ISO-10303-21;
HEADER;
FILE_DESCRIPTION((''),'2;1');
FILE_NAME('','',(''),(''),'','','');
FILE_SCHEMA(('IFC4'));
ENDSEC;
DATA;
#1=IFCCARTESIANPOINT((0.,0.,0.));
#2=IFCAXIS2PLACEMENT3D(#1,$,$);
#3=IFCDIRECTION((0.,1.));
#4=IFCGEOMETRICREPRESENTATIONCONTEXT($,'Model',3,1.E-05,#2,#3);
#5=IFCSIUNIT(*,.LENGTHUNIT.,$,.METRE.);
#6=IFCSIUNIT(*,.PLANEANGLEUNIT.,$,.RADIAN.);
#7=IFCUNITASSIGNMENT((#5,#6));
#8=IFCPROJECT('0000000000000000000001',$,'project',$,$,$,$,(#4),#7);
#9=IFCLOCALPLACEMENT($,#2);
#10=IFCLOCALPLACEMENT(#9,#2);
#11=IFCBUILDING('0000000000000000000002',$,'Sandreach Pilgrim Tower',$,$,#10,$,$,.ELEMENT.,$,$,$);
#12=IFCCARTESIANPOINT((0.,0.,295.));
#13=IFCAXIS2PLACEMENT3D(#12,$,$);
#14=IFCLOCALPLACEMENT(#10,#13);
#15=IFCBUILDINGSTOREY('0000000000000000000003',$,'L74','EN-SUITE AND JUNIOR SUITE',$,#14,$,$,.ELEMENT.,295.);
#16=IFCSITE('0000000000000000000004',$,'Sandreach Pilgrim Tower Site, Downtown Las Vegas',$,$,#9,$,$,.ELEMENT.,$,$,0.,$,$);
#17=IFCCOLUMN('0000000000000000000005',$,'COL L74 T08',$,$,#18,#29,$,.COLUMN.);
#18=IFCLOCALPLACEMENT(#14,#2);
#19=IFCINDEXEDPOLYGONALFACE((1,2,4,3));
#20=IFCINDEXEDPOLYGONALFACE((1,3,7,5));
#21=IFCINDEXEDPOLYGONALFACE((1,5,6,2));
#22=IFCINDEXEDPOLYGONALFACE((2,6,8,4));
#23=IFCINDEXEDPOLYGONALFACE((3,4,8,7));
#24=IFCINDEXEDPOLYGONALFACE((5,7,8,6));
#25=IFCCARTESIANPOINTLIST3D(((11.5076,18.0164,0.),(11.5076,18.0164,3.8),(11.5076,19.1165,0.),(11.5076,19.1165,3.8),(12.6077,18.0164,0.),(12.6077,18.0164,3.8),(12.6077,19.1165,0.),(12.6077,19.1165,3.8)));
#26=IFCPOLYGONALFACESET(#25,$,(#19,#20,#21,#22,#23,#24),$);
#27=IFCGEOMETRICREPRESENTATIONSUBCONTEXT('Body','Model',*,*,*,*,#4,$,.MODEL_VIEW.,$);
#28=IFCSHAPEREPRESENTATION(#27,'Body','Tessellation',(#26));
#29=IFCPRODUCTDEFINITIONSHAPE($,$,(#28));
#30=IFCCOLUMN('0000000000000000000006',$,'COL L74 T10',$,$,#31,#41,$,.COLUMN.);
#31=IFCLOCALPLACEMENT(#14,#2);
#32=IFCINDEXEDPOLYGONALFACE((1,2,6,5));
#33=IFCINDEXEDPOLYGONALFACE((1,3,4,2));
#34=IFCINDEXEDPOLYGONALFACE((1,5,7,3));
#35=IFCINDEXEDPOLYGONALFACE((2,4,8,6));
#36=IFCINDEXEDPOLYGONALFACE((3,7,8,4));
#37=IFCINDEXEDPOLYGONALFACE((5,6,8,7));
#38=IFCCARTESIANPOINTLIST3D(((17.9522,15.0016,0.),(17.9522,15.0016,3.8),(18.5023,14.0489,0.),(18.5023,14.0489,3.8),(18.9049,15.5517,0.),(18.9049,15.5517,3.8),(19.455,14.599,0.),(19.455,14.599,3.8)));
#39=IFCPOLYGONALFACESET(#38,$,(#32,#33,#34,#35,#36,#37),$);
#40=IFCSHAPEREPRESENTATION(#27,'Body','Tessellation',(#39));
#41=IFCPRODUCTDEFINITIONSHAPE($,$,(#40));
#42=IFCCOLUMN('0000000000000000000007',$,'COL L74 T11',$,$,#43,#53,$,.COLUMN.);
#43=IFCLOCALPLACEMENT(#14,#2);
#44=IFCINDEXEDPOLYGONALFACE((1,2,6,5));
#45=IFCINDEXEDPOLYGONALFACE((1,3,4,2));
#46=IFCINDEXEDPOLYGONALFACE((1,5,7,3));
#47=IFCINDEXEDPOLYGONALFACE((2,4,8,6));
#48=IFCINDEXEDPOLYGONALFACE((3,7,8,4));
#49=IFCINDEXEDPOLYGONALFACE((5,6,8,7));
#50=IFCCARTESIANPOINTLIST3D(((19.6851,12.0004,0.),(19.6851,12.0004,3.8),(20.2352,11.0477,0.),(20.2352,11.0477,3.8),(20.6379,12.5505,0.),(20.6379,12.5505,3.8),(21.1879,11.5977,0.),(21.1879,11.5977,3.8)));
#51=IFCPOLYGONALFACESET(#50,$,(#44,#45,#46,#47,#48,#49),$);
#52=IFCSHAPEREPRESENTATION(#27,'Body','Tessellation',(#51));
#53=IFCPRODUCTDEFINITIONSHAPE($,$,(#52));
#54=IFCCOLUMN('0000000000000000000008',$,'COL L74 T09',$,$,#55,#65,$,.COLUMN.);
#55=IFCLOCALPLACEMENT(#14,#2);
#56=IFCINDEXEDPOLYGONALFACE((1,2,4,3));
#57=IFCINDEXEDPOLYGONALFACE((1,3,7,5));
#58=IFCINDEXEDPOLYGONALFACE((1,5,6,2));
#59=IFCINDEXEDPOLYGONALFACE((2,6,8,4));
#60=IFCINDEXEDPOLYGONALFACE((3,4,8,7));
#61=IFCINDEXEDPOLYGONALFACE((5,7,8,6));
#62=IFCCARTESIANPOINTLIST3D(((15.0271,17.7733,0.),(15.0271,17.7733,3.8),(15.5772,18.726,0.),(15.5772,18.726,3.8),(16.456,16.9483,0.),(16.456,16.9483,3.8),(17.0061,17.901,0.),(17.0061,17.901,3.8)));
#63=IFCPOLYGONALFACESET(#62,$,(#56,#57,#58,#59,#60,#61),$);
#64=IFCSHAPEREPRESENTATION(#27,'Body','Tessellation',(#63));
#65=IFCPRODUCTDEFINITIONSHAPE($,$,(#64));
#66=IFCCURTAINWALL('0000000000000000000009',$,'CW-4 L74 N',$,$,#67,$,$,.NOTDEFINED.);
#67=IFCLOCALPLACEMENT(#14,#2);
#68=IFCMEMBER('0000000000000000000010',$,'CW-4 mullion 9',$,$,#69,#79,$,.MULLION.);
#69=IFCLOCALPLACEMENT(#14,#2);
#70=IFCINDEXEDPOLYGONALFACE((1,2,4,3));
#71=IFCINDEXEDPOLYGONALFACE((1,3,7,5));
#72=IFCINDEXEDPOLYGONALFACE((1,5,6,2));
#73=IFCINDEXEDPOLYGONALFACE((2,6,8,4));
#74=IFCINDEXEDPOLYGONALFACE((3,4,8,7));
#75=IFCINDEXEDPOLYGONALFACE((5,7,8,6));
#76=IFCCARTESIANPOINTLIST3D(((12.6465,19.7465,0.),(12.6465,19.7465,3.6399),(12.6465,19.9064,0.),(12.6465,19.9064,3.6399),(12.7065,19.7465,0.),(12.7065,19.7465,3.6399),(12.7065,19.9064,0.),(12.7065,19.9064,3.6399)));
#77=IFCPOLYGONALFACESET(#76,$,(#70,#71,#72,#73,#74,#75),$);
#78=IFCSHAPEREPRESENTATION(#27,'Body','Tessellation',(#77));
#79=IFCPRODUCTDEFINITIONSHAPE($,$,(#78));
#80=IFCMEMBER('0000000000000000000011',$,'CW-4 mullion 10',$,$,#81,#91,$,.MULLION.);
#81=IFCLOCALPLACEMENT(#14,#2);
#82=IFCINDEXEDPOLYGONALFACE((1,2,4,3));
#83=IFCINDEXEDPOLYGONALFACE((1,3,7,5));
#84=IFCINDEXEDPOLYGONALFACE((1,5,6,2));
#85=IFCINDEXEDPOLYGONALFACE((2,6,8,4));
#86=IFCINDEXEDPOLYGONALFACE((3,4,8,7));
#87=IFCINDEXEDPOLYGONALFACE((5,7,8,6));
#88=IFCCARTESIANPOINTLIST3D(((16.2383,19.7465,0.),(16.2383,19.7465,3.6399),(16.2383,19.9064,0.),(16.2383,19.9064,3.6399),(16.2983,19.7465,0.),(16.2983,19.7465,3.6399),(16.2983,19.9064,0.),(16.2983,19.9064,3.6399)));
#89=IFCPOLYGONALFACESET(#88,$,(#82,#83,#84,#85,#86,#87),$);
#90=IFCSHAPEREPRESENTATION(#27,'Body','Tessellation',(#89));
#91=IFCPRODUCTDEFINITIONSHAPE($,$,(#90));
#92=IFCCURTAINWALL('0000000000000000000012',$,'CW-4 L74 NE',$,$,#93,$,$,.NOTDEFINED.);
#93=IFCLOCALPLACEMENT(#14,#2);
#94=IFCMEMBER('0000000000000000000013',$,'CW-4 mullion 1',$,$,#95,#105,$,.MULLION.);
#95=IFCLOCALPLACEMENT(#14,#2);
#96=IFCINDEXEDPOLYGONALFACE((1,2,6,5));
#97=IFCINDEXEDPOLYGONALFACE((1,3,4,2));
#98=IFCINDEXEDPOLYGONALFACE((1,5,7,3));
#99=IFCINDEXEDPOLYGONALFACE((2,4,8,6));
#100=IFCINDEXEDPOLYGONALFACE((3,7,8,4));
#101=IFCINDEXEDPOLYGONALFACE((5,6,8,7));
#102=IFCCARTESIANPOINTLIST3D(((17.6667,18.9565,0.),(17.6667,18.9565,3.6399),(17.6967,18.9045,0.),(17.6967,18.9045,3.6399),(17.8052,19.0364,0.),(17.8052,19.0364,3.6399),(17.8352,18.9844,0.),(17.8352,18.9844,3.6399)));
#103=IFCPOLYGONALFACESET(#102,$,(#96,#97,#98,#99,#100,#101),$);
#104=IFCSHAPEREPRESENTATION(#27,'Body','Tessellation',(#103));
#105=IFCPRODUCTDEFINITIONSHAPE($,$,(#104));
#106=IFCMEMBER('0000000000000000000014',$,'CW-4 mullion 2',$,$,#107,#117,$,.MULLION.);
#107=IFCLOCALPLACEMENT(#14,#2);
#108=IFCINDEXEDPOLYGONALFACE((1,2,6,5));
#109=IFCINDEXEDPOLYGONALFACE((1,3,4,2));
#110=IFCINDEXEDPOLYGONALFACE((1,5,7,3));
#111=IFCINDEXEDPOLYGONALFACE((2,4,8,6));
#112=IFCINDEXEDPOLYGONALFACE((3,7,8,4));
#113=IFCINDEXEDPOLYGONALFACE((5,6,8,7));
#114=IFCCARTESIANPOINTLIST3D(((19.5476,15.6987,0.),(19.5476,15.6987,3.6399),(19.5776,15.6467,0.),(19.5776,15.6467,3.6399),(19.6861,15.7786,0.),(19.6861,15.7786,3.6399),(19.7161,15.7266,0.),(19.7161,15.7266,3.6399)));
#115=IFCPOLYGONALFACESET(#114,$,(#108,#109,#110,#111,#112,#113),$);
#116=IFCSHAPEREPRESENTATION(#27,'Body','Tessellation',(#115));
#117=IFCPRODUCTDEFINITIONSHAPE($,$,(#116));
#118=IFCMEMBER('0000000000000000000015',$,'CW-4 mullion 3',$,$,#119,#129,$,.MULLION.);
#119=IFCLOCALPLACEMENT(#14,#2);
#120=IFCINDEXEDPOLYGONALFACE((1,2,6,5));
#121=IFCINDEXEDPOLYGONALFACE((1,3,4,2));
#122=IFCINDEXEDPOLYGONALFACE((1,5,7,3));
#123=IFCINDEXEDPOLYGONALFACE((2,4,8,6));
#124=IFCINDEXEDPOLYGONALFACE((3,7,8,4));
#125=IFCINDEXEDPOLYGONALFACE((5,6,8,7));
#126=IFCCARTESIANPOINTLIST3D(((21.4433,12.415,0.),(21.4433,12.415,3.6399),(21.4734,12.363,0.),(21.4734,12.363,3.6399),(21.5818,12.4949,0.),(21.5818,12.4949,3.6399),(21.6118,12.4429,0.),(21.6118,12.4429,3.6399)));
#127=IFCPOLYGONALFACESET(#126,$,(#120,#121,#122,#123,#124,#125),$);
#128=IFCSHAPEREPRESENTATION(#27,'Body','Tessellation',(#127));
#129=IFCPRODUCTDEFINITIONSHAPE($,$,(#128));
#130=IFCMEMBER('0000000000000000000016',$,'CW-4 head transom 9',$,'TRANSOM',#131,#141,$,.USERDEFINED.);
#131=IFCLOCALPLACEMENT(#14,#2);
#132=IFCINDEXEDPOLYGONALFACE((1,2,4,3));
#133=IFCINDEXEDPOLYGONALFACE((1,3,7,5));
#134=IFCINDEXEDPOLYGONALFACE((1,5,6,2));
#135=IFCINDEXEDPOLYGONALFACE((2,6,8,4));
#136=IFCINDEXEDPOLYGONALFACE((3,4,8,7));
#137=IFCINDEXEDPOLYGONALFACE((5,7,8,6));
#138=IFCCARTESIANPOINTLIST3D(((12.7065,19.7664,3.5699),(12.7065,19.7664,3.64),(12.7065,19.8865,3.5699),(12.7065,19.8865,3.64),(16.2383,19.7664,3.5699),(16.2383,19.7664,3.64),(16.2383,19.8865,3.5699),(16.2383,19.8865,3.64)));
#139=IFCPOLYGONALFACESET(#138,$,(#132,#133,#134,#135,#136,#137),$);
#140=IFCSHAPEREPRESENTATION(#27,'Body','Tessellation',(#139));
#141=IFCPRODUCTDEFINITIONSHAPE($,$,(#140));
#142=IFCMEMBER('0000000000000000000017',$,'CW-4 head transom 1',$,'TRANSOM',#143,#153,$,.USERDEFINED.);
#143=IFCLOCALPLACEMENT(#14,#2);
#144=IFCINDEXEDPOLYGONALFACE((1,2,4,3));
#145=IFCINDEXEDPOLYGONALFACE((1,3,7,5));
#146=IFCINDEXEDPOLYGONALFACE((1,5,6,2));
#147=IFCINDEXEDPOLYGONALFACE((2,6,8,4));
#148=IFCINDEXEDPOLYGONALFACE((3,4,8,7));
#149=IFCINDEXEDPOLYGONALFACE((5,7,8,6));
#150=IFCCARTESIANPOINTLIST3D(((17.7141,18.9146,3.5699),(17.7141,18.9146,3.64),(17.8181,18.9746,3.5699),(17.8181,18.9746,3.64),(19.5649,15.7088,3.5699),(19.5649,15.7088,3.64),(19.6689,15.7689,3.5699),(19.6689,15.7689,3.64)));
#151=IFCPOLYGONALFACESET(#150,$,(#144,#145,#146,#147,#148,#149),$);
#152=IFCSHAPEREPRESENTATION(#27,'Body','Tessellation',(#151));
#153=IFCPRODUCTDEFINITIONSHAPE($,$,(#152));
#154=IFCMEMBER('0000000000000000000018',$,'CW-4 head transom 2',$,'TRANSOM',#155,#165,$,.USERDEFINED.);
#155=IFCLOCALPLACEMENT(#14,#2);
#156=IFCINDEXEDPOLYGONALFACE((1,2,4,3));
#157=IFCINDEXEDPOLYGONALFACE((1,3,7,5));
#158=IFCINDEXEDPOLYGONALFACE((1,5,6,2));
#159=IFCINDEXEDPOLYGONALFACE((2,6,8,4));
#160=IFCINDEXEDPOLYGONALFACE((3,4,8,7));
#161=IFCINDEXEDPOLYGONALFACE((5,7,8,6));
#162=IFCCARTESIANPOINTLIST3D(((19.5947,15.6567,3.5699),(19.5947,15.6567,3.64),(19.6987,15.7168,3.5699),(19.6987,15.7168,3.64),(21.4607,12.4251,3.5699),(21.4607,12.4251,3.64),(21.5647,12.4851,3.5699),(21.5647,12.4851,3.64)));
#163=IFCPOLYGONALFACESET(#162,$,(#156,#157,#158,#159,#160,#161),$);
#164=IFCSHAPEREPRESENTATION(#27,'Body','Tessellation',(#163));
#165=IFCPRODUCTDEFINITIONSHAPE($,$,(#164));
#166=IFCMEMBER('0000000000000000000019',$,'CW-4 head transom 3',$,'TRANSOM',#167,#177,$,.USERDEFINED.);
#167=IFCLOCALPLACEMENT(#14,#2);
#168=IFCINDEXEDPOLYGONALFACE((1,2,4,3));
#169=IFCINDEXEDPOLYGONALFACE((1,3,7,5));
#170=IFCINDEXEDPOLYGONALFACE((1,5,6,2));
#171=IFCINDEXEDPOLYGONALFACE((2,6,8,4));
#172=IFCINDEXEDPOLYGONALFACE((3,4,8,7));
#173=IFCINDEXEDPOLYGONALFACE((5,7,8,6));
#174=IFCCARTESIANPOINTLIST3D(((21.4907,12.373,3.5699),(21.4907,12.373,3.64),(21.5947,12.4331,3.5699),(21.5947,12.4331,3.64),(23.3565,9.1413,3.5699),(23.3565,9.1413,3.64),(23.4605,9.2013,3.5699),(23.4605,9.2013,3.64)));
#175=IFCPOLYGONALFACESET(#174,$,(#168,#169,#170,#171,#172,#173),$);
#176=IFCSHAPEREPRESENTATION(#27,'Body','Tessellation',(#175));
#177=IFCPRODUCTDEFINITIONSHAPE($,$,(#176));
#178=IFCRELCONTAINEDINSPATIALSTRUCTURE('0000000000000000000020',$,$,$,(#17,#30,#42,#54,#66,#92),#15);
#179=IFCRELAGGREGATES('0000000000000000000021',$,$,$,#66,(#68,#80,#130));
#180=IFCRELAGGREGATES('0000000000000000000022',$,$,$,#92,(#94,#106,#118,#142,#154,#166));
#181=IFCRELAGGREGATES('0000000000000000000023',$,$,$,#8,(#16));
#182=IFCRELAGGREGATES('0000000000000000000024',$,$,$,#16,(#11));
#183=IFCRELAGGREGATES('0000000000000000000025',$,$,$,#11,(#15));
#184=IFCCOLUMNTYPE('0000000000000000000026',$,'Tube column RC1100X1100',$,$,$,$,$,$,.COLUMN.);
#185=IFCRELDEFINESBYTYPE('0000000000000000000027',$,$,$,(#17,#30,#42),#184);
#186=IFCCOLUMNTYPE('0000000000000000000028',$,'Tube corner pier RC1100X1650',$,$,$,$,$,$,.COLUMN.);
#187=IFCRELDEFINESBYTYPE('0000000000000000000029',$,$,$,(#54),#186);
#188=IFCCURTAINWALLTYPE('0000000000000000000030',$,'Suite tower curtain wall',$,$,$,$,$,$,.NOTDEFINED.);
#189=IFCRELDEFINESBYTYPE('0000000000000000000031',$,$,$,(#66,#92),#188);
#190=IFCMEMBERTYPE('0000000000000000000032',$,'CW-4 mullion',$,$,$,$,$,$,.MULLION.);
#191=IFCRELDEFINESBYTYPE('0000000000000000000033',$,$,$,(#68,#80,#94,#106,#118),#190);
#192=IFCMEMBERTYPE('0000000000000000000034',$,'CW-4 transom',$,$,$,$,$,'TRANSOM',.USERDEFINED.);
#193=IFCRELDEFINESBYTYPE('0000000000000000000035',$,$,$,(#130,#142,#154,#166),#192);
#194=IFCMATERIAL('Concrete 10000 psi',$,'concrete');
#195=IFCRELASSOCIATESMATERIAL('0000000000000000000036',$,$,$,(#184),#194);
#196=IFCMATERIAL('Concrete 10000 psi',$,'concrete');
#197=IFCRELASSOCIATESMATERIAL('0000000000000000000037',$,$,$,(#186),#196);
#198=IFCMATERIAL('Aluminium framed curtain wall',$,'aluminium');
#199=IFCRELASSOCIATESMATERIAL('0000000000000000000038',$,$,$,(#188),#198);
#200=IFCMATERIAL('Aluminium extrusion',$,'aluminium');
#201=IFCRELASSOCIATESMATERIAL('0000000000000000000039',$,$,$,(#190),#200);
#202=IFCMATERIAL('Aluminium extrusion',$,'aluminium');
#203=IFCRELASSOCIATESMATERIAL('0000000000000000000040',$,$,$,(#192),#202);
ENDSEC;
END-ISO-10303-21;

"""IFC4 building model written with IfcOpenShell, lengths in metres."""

from ifc_helpers import new_model, si_unit, direction, frame, origin, origin_2d, place, context, subcontext, project, spatial, rectangle, extrude, material, material_profile, profile_set, type_object, element, aggregate, save


model = new_model("IFC4")

# Units and contexts
model_context = context("Model", 3, precision=1e-05, world=origin(), true_north=direction((0.0, 1.0)))
body_context = subcontext(model_context, "Body", "Model", "MODEL_VIEW")
ifc_project = project(units=[si_unit("LENGTHUNIT", "METRE"), si_unit("PLANEANGLEUNIT", "RADIAN")], contexts=[model_context])

# Site, building, storey
site_placement = place(None, origin())
site = spatial("IfcSite", under=ifc_project, at=site_placement, Name="Sandreach Pilgrim Tower Site, Downtown Las Vegas", CompositionType="ELEMENT", RefElevation=0.0)
building_placement = place(site_placement, origin())
building = spatial("IfcBuilding", under=site, at=building_placement, Name="Sandreach Pilgrim Tower", CompositionType="ELEMENT")
storey_placement = place(building_placement, frame((0.0, 0.0, 295.0)))
storey = spatial("IfcBuildingStorey", under=building, at=storey_placement, Name="L74", Description="EN-SUITE AND JUNIOR SUITE", CompositionType="ELEMENT", Elevation=295.0)

# Columns
ifc_material_1 = material(Name="Concrete 10000 psi", Category="concrete")
ifc_material_profile_1 = material_profile(ifc_material_1, rectangle(XDim=1.1001, YDim=1.1001, at=origin_2d()), Name="RC1100X1100")
ifc_profile_set_1 = profile_set([ifc_material_profile_1], Name="Concrete 10000 psi")
column_type_1 = type_object("IfcColumnType", Name="Tube column RC1100X1100", PredefinedType="COLUMN", material=ifc_profile_set_1)
for number, where, z_axis, x_axis, name in (
    (1, (12.0576, 18.5664, 0.0), (0.0, 0.0, 1.0), (0.0, 1.0, 0.0), "COL L74 T08"),
    (2, (18.7036, 14.8003, 0.0), (0.0, 0.0, 1.0), (0.866025, 0.5, 0.0), "COL L74 T10"),
    (3, (20.4365, 11.7991, 0.0), (0.0, 0.0, 1.0), (0.866025, 0.5, 0.0), "COL L74 T11"),
):
    element("IfcColumn", number, at=place(storey_placement, frame(where, z_axis=z_axis, x_axis=x_axis)), inside=storey, type_object=column_type_1, Name=name, PredefinedType="COLUMN", context=body_context, shape_type="SweptSolid", body=[
        extrude(rectangle(XDim=1.1001, YDim=1.1001, at=origin_2d()), origin(), (0.0, 0.0, 1.0), 3.8),
    ])
ifc_material_2 = material(Name="Concrete 10000 psi", Category="concrete")
ifc_material_profile_2 = material_profile(ifc_material_2, rectangle(XDim=1.1001, YDim=1.6499, at=origin_2d()), Name="RC1100X1650")
ifc_profile_set_2 = profile_set([ifc_material_profile_2], Name="Concrete 10000 psi")
column_type_2 = type_object("IfcColumnType", Name="Tube corner pier RC1100X1650", PredefinedType="COLUMN", material=ifc_profile_set_2)
column_placement = place(storey_placement, frame((16.0166, 17.8372, 0.0), z_axis=(0.0, 0.0, 1.0), x_axis=(0.5, 0.866025, 0.0)))
element("IfcColumn", 4, at=column_placement, inside=storey, type_object=column_type_2, Name="COL L74 T09", PredefinedType="COLUMN", context=body_context, shape_type="SweptSolid", body=[
    extrude(rectangle(XDim=1.1001, YDim=1.6499, at=origin_2d()), origin(), (0.0, 0.0, 1.0), 3.8),
])

# Curtain walls, members
ifc_material_3 = material(Name="Aluminium framed curtain wall", Category="aluminium")
curtain_wall_type = type_object("IfcCurtainWallType", Name="Suite tower curtain wall", PredefinedType="NOTDEFINED", material=ifc_material_3)
curtain_wall_1_placement = place(storey_placement, origin())
curtain_wall_1 = element("IfcCurtainWall", 5, at=curtain_wall_1_placement, inside=storey, type_object=curtain_wall_type, Name="CW-4 L74 N", PredefinedType="NOTDEFINED")
ifc_material_4 = material(Name="Aluminium extrusion", Category="aluminium")
ifc_material_profile_3 = material_profile(ifc_material_4, rectangle(XDim=0.0601, YDim=0.1599, at=origin_2d()), Name="CW-4M 60X160")
ifc_profile_set_3 = profile_set([ifc_material_profile_3], Name="Aluminium extrusion")
member_type_1 = type_object("IfcMemberType", Name="CW-4 mullion", PredefinedType="MULLION", material=ifc_profile_set_3)
member_1_placement = place(storey_placement, frame((12.6765, 19.8264, 0.0), z_axis=(0.0, 0.0, 1.0), x_axis=(1.0, 0.0, 0.0)))
member_1 = element("IfcMember", 6, at=member_1_placement, type_object=member_type_1, Name="CW-4 mullion 9", PredefinedType="MULLION", context=body_context, shape_type="SweptSolid", body=[
    extrude(rectangle(XDim=0.0601, YDim=0.1599, at=origin_2d()), origin(), (0.0, 0.0, 1.0), 3.6399),
])
member_2_placement = place(storey_placement, frame((16.2683, 19.8264, 0.0), z_axis=(0.0, 0.0, 1.0), x_axis=(1.0, 0.0, 0.0)))
member_2 = element("IfcMember", 7, at=member_2_placement, type_object=member_type_1, Name="CW-4 mullion 10", PredefinedType="MULLION", context=body_context, shape_type="SweptSolid", body=[
    extrude(rectangle(XDim=0.0601, YDim=0.1599, at=origin_2d()), origin(), (0.0, 0.0, 1.0), 3.6399),
])
curtain_wall_2_placement = place(storey_placement, origin())
curtain_wall_2 = element("IfcCurtainWall", 8, at=curtain_wall_2_placement, inside=storey, type_object=curtain_wall_type, Name="CW-4 L74 NE", PredefinedType="NOTDEFINED")
member_3_placement = place(storey_placement, frame((17.751, 18.9705, 0.0), z_axis=(0.0, 0.0, 1.0), x_axis=(0.5, -0.866025, 0.0)))
member_3 = element("IfcMember", 9, at=member_3_placement, type_object=member_type_1, Name="CW-4 mullion 1", PredefinedType="MULLION", context=body_context, shape_type="SweptSolid", body=[
    extrude(rectangle(XDim=0.0601, YDim=0.1599, at=origin_2d()), origin(), (0.0, 0.0, 1.0), 3.6399),
])
member_4_placement = place(storey_placement, frame((19.6318, 15.7126, 0.0), z_axis=(0.0, 0.0, 1.0), x_axis=(0.5, -0.866025, 0.0)))
member_4 = element("IfcMember", 10, at=member_4_placement, type_object=member_type_1, Name="CW-4 mullion 2", PredefinedType="MULLION", context=body_context, shape_type="SweptSolid", body=[
    extrude(rectangle(XDim=0.0601, YDim=0.1599, at=origin_2d()), origin(), (0.0, 0.0, 1.0), 3.6399),
])
member_5_placement = place(storey_placement, frame((21.5276, 12.429, 0.0), z_axis=(0.0, 0.0, 1.0), x_axis=(0.5, -0.866025, 0.0)))
member_5 = element("IfcMember", 11, at=member_5_placement, type_object=member_type_1, Name="CW-4 mullion 3", PredefinedType="MULLION", context=body_context, shape_type="SweptSolid", body=[
    extrude(rectangle(XDim=0.0601, YDim=0.1599, at=origin_2d()), origin(), (0.0, 0.0, 1.0), 3.6399),
])

# Members
ifc_material_5 = material(Name="Aluminium extrusion", Category="aluminium")
ifc_material_profile_4 = material_profile(ifc_material_5, rectangle(XDim=0.1201, YDim=0.0701, at=origin_2d()), Name="CW-4T 120X70")
ifc_profile_set_4 = profile_set([ifc_material_profile_4], Name="Aluminium extrusion")
member_type_2 = type_object("IfcMemberType", Name="CW-4 transom", ElementType="TRANSOM", PredefinedType="USERDEFINED", material=ifc_profile_set_4)
member_6_placement = place(storey_placement, frame((12.7065, 19.8264, 3.605), z_axis=(1.0, 0.0, 0.0), x_axis=(0.0, 1.0, 0.0)))
member_6 = element("IfcMember", 12, at=member_6_placement, type_object=member_type_2, Name="CW-4 head transom 9", ObjectType="TRANSOM", PredefinedType="USERDEFINED", context=body_context, shape_type="SweptSolid", body=[
    extrude(rectangle(XDim=0.1201, YDim=0.0701, at=origin_2d()), origin(), (0.0, 0.0, 1.0), 3.5317),
])
member_7_placement = place(storey_placement, frame((17.7661, 18.9446, 3.605), z_axis=(0.499991, -0.866031, 0.0), x_axis=(0.866031, 0.499991, 0.0)))
member_7 = element("IfcMember", 13, at=member_7_placement, type_object=member_type_2, Name="CW-4 head transom 1", ObjectType="TRANSOM", PredefinedType="USERDEFINED", context=body_context, shape_type="SweptSolid", body=[
    extrude(rectangle(XDim=0.1201, YDim=0.0701, at=origin_2d()), origin(), (0.0, 0.0, 1.0), 3.7017),
])
member_8_placement = place(storey_placement, frame((19.6467, 15.6868, 3.605), z_axis=(0.50003, -0.866008, 0.0), x_axis=(0.866008, 0.50003, 0.0)))
member_8 = element("IfcMember", 14, at=member_8_placement, type_object=member_type_2, Name="CW-4 head transom 2", ObjectType="TRANSOM", PredefinedType="USERDEFINED", context=body_context, shape_type="SweptSolid", body=[
    extrude(rectangle(XDim=0.1201, YDim=0.0701, at=origin_2d()), origin(), (0.0, 0.0, 1.0), 3.7317),
])
member_9_placement = place(storey_placement, frame((21.5427, 12.4031, 3.605), z_axis=(0.499981, -0.866036, 0.0), x_axis=(0.866036, 0.499981, 0.0)))
member_9 = element("IfcMember", 15, at=member_9_placement, type_object=member_type_2, Name="CW-4 head transom 3", ObjectType="TRANSOM", PredefinedType="USERDEFINED", context=body_context, shape_type="SweptSolid", body=[
    extrude(rectangle(XDim=0.1201, YDim=0.0701, at=origin_2d()), origin(), (0.0, 0.0, 1.0), 3.7317),
])

aggregate(curtain_wall_1, [member_1, member_2, member_6])
aggregate(curtain_wall_2, [member_3, member_4, member_5, member_7, member_8, member_9])

save(model, "model.ifc")
